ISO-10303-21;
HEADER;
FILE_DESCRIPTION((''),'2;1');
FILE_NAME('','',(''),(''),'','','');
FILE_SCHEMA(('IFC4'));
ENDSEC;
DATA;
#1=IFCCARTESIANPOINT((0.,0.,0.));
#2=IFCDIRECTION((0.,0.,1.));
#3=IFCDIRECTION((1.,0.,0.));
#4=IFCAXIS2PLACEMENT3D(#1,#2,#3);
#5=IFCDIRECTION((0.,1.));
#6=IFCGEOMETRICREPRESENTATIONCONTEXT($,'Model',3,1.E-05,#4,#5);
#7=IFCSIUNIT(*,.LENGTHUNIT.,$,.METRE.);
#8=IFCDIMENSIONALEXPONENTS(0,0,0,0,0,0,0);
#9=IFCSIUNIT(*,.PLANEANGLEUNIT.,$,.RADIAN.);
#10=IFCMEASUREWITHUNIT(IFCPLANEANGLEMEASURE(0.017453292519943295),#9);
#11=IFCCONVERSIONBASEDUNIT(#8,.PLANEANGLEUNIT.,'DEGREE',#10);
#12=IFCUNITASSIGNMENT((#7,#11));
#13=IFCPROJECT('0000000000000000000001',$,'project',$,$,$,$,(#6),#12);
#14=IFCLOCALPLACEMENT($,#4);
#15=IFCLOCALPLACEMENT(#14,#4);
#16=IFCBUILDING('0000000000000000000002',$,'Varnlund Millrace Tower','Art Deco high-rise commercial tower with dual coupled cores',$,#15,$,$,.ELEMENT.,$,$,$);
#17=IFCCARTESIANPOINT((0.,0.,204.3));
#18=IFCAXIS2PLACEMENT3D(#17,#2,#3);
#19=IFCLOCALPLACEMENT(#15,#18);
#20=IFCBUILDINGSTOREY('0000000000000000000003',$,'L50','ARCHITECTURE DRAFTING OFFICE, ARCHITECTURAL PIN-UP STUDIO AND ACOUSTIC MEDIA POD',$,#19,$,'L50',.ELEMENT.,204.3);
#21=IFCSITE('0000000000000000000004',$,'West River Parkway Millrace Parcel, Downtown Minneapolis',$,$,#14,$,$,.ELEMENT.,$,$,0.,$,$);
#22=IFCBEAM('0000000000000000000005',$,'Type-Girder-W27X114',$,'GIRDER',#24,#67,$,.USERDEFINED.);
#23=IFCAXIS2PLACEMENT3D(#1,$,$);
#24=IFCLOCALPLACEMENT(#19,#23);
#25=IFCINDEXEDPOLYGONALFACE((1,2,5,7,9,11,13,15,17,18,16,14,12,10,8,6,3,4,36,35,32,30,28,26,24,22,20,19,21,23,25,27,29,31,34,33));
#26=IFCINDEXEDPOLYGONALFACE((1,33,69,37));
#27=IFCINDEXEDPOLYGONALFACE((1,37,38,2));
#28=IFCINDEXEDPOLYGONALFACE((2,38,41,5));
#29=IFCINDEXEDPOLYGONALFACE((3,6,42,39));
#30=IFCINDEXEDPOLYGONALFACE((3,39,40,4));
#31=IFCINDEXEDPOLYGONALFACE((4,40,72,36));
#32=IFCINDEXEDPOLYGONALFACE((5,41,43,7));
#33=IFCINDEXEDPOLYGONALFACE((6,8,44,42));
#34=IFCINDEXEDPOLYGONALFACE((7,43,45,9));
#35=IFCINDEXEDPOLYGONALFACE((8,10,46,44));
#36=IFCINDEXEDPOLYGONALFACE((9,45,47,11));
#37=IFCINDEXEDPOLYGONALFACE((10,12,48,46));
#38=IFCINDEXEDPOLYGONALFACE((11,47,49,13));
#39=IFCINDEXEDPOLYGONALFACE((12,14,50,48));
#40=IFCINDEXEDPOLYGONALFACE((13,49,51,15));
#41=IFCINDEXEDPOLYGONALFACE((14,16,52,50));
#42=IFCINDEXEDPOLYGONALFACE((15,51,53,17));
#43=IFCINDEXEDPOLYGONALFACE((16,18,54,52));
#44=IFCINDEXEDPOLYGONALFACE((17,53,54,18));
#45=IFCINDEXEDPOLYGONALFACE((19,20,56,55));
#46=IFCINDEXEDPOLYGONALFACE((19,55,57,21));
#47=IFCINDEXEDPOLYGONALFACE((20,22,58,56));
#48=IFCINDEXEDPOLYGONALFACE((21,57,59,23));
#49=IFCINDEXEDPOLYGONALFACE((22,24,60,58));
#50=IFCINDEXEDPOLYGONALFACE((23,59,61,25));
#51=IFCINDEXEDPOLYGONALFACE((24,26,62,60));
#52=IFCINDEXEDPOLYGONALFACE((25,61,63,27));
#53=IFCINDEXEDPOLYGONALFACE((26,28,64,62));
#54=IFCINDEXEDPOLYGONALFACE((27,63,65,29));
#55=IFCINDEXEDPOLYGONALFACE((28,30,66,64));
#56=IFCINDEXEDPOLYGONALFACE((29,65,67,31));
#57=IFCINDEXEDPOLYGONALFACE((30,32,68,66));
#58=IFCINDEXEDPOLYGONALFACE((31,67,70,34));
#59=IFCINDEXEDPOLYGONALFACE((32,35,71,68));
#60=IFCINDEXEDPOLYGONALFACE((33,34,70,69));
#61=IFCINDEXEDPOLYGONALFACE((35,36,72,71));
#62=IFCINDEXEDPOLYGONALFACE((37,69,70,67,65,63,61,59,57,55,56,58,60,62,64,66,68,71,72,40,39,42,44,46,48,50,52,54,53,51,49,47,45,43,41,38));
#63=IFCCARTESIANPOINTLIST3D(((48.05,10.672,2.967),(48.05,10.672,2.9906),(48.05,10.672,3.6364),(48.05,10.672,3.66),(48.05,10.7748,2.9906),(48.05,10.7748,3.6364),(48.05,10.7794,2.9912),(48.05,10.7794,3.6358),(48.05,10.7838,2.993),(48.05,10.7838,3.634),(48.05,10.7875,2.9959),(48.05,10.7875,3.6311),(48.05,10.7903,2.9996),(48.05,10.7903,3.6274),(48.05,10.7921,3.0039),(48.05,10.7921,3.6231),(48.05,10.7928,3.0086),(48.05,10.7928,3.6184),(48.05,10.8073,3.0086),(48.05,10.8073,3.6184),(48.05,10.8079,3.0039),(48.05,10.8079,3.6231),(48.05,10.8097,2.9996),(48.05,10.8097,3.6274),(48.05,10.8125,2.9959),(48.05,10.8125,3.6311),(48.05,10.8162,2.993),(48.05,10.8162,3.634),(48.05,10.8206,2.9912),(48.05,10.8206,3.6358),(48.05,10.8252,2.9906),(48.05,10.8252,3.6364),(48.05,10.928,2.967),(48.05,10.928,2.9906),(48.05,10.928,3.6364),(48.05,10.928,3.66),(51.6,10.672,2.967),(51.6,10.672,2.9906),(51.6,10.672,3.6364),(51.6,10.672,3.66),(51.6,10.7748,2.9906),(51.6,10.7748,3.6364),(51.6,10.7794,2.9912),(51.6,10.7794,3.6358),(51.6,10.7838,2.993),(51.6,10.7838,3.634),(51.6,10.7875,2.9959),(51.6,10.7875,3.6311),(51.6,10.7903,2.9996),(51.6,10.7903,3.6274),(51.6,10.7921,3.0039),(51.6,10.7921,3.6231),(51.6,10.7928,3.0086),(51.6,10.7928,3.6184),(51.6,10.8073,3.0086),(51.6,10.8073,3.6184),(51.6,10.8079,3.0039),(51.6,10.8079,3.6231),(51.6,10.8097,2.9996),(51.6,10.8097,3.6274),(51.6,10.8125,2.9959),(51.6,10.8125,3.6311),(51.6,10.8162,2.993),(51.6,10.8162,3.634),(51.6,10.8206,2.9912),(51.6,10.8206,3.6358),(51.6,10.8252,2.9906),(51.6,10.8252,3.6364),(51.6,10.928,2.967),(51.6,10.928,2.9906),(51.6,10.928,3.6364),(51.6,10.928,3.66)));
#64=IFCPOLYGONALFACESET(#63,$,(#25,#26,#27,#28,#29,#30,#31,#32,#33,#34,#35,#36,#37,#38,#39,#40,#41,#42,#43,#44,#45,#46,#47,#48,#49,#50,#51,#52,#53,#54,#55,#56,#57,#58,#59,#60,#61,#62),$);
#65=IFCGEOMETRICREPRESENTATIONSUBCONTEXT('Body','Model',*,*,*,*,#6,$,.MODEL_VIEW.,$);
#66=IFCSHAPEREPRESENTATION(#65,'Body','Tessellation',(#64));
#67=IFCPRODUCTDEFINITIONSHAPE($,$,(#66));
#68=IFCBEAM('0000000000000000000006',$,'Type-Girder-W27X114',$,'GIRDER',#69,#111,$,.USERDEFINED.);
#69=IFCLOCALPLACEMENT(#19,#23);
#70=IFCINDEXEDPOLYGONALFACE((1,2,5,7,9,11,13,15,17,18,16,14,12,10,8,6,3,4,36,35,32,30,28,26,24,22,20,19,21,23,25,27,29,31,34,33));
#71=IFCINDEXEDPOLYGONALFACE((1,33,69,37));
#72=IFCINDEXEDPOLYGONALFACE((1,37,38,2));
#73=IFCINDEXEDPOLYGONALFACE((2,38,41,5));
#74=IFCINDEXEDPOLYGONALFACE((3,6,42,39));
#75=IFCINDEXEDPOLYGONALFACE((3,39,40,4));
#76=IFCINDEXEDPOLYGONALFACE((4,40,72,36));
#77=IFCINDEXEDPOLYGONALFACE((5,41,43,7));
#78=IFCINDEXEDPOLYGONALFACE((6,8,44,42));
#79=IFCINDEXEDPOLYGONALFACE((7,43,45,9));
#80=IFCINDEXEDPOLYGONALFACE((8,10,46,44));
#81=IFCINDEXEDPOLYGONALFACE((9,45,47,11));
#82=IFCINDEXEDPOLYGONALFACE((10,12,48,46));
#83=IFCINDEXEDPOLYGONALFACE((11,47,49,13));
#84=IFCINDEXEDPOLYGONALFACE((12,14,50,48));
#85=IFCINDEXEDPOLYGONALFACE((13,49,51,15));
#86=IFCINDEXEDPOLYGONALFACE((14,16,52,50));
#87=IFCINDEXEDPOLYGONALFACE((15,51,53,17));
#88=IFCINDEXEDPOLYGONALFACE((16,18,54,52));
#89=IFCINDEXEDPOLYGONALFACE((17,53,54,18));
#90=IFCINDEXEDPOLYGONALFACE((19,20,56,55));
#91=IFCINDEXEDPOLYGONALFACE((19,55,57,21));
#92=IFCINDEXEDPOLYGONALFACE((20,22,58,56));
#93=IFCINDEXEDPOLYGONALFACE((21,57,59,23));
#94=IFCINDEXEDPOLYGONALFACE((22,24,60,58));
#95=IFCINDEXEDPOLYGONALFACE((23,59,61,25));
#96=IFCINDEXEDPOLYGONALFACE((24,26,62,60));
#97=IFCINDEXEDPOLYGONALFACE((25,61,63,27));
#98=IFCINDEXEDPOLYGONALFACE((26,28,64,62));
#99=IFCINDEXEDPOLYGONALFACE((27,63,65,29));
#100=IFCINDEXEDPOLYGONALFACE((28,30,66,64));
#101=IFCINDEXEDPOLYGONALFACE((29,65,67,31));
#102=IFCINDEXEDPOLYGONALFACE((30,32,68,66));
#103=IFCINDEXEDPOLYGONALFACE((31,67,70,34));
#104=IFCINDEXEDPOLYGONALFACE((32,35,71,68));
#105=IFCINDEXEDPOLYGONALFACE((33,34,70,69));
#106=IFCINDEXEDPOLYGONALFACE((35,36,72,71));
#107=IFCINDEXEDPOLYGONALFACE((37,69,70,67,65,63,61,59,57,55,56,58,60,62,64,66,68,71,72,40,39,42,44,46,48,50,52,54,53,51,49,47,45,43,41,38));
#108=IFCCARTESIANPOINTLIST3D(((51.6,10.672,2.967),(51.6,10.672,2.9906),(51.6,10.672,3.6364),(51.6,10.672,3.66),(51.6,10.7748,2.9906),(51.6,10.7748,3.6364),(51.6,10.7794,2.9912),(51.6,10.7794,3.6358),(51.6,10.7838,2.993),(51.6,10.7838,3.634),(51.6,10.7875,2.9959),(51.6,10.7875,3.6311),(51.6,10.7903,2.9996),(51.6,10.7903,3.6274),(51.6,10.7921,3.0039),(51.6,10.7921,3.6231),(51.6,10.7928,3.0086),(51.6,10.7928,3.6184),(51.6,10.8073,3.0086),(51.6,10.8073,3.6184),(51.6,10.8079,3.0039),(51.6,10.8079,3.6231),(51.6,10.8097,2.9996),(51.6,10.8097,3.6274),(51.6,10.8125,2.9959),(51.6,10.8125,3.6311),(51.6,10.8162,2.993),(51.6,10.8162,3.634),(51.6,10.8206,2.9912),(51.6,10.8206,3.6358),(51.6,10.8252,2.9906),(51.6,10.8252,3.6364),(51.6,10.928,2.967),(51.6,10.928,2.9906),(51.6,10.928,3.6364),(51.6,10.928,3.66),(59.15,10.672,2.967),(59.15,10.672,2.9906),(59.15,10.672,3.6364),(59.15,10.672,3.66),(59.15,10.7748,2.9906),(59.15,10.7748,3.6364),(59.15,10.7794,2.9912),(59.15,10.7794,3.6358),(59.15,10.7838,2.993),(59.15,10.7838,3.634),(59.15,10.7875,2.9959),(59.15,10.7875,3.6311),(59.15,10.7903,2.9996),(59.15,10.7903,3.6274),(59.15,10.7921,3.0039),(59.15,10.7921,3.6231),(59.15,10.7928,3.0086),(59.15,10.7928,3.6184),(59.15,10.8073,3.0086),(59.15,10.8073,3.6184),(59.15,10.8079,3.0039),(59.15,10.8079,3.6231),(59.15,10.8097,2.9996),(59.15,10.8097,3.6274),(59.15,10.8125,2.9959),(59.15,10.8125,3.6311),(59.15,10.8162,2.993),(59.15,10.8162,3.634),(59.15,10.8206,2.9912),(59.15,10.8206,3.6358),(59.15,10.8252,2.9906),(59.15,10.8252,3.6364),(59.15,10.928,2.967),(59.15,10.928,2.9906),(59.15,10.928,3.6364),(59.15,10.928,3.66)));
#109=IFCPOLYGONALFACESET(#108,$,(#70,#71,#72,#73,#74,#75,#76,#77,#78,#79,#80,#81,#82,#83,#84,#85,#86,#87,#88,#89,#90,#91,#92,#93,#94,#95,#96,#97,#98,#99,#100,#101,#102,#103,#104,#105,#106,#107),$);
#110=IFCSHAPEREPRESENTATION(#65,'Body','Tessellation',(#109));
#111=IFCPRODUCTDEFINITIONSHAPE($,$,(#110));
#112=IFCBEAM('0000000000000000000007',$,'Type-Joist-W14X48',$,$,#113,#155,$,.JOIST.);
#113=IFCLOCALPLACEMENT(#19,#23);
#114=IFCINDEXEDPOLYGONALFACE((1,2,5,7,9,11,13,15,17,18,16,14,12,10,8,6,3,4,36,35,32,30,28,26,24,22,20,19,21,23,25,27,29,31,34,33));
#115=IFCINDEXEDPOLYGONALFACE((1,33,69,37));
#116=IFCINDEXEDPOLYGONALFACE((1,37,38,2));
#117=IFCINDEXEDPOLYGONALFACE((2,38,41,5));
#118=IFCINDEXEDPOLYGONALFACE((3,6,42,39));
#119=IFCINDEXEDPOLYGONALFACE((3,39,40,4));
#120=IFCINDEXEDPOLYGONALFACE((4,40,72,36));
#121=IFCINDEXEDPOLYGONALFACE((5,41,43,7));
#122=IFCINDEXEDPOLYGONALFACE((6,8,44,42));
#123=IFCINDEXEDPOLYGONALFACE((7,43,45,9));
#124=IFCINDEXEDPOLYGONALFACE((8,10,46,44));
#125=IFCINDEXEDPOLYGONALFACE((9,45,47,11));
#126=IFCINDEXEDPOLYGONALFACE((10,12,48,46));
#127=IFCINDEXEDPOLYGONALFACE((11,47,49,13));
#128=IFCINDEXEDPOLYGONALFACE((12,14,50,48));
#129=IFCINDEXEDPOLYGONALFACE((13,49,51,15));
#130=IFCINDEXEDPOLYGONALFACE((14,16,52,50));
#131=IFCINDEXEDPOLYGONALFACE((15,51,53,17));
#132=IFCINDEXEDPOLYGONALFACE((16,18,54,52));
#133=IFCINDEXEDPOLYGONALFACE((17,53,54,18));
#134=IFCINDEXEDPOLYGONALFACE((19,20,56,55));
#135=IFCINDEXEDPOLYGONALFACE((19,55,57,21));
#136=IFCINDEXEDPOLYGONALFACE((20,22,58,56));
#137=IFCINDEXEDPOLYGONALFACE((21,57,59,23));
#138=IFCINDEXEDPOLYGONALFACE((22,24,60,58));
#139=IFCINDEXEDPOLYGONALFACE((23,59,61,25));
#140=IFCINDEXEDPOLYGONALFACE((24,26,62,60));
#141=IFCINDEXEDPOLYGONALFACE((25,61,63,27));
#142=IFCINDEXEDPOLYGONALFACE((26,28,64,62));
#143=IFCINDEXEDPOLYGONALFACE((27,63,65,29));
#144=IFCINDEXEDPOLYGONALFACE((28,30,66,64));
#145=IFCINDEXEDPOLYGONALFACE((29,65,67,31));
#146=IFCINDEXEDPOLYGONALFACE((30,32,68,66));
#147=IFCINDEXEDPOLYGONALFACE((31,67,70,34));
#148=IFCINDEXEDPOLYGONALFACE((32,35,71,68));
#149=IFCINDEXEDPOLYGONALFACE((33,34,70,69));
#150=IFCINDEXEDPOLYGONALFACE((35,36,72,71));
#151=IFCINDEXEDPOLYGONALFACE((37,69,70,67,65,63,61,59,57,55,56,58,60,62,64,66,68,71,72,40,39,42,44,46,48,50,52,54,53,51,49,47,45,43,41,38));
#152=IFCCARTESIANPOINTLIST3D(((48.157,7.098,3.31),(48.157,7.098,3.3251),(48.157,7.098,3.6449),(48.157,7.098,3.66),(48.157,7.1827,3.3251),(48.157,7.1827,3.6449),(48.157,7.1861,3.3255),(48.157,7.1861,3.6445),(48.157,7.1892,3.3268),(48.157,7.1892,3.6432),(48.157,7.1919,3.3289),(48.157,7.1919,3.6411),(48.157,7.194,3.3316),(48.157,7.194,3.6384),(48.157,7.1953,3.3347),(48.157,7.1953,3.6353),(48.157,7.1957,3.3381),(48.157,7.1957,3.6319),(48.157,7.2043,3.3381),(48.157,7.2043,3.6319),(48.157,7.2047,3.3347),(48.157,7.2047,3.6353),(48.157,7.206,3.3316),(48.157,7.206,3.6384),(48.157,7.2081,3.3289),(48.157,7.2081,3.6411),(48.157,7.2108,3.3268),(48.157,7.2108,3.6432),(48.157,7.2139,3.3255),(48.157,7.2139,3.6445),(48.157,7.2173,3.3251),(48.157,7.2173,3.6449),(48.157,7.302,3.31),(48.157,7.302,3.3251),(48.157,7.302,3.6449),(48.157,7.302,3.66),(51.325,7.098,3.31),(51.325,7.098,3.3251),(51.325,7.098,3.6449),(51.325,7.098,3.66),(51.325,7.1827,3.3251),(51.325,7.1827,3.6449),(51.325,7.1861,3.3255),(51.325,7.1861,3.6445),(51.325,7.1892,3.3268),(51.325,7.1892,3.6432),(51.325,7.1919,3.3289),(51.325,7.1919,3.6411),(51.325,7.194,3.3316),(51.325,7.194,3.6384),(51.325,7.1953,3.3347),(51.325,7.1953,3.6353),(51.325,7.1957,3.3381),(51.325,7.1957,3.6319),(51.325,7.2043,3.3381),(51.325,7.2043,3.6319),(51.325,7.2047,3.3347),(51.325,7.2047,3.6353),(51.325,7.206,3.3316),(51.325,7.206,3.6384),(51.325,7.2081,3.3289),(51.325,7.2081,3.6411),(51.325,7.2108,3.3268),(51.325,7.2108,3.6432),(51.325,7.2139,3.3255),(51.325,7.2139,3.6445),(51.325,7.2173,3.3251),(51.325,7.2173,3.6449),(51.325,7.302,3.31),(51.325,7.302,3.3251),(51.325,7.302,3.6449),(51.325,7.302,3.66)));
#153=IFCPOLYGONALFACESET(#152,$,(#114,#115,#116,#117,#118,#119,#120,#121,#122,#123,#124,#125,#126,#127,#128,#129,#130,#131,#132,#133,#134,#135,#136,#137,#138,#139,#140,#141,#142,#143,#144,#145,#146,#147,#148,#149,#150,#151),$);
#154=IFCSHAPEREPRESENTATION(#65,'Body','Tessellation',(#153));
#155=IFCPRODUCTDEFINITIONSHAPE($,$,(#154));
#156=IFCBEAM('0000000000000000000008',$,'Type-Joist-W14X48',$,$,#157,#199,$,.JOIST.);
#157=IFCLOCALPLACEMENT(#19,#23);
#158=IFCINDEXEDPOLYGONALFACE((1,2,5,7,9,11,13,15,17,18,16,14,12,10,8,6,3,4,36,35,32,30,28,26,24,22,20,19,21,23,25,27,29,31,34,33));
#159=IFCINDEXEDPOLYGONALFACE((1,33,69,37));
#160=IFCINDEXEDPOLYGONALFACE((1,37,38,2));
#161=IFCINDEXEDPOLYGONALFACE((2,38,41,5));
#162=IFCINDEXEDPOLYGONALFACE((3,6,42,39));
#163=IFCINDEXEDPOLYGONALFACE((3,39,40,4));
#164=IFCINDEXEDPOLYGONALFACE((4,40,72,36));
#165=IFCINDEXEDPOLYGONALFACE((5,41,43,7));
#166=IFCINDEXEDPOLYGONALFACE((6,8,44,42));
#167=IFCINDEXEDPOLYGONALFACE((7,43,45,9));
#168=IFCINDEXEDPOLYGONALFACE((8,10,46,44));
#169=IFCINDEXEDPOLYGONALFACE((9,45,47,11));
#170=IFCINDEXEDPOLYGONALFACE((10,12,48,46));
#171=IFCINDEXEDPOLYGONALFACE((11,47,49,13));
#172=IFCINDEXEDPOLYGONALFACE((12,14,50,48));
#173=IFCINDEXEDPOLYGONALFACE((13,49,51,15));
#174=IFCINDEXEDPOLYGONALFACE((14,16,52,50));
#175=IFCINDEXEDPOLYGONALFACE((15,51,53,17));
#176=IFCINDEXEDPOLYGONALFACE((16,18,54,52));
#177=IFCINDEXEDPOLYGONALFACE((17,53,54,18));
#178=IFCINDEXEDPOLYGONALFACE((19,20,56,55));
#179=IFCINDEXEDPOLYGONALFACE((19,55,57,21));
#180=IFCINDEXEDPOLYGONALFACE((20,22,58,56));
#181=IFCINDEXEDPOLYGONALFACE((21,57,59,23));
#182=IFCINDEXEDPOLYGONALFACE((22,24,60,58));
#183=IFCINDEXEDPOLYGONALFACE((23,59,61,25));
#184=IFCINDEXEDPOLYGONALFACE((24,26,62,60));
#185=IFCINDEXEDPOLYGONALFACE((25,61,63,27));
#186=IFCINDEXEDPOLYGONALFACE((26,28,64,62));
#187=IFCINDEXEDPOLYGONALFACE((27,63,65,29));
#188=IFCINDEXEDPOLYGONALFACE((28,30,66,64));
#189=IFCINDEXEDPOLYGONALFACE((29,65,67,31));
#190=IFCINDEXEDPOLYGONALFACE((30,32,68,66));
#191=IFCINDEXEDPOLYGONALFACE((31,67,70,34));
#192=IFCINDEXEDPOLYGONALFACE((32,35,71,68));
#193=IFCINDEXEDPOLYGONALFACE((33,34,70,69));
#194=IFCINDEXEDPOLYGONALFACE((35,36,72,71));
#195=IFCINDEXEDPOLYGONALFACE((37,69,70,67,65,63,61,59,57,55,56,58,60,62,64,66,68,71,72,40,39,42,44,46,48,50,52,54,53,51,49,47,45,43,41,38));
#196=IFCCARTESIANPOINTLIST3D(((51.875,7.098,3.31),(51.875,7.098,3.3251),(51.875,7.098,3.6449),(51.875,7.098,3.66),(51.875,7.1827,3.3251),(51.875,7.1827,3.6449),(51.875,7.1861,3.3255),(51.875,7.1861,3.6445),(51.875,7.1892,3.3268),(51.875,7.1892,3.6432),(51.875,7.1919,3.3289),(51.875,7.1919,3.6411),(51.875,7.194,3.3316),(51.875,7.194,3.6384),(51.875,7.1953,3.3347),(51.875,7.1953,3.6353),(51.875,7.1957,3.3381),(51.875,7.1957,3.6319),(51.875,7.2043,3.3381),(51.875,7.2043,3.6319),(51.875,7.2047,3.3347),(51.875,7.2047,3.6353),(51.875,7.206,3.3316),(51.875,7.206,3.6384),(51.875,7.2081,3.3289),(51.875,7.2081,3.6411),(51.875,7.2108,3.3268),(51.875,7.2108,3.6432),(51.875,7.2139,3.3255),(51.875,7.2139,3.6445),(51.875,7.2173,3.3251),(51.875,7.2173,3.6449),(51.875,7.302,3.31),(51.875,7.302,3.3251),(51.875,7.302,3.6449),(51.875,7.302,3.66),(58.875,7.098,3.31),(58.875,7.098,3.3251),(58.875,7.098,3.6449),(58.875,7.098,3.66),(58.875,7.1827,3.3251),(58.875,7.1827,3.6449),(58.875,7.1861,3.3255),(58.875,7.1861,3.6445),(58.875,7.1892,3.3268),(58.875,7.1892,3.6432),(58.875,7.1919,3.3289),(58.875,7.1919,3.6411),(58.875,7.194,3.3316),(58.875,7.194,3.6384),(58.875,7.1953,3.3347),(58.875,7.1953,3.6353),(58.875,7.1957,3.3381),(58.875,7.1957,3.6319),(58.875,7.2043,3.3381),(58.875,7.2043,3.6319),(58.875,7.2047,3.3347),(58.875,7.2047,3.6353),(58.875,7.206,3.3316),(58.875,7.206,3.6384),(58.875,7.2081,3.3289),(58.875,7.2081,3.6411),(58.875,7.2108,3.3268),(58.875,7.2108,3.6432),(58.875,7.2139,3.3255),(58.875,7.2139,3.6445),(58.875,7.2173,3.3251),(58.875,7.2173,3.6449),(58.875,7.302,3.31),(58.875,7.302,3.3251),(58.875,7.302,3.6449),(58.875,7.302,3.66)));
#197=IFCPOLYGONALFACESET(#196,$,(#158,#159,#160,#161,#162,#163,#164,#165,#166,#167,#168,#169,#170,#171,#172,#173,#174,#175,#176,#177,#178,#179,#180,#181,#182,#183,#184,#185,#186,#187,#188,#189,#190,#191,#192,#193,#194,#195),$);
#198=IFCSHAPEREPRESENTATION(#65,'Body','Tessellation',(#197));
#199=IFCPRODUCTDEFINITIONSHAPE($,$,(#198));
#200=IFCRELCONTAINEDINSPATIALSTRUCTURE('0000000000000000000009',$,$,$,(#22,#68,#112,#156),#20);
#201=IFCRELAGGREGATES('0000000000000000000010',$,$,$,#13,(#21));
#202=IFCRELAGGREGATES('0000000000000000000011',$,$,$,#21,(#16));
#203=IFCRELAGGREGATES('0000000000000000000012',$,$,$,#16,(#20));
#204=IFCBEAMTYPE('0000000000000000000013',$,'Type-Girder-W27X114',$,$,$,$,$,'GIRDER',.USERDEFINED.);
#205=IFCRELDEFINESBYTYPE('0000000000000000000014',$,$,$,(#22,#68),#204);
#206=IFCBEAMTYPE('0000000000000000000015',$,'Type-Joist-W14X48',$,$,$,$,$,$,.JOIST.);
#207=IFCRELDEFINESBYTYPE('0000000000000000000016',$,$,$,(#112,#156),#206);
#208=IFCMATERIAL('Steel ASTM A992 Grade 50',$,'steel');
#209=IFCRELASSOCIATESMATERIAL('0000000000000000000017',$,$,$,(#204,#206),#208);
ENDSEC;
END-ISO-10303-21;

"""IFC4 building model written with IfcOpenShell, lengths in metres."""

from ifc_helpers import new_model, entity, si_unit, converted_unit, direction, frame, origin_with_axes, origin_2d_with_axis, place, context, subcontext, project, spatial, i_section, extrude, material, material_profile, profile_set, type_object, element, save


model = new_model("IFC4")

# Units and contexts
model_context = context("Model", 3, precision=1e-05, world=origin_with_axes(), true_north=direction((0.0, 1.0)))
body_context = subcontext(model_context, "Body", "Model", "MODEL_VIEW")
ifc_project = project(units=[si_unit("LENGTHUNIT", "METRE"), converted_unit("PLANEANGLEUNIT", "DEGREE", entity("IfcPlaneAngleMeasure", 0.017453292519943295), si_unit("PLANEANGLEUNIT", "RADIAN"), dimensions=[0, 0, 0, 0, 0, 0, 0])], contexts=[model_context])

# Site, building, storey
site_placement = place(None, origin_with_axes())
site = spatial("IfcSite", under=ifc_project, at=site_placement, Name="West River Parkway Millrace Parcel, Downtown Minneapolis", CompositionType="ELEMENT", RefElevation=0.0)
building_placement = place(site_placement, origin_with_axes())
building = spatial("IfcBuilding", under=site, at=building_placement, Name="Varnlund Millrace Tower", Description="Art Deco high-rise commercial tower with dual coupled cores", CompositionType="ELEMENT")
storey_placement = place(building_placement, frame((0.0, 0.0, 204.3), z_axis=(0.0, 0.0, 1.0), x_axis=(1.0, 0.0, 0.0)))
storey = spatial("IfcBuildingStorey", under=building, at=storey_placement, Name="L50", Description="ARCHITECTURE DRAFTING OFFICE, ARCHITECTURAL PIN-UP STUDIO AND ACOUSTIC MEDIA POD", LongName="L50", CompositionType="ELEMENT", Elevation=204.3)

# Beams
ifc_material_1 = material(Name="Steel ASTM A992 Grade 50", Category="steel")
ifc_material_profile_1 = material_profile(ifc_material_1, i_section(OverallWidth=0.256, OverallDepth=0.693, WebThickness=0.0145, FlangeThickness=0.0236, FilletRadius=0.018, at=origin_2d_with_axis()), Name="Steel ASTM A992 Grade 50")
ifc_profile_set_1 = profile_set([ifc_material_profile_1], Name="Steel ASTM A992 Grade 50")
beam_type_1 = type_object("IfcBeamType", Name="Type-Girder-W27X114", ElementType="GIRDER", PredefinedType="USERDEFINED", material=ifc_profile_set_1)
beam_1_placement = place(storey_placement, frame((48.05, 10.8, 3.3135), z_axis=(1.0, 0.0, 0.0), x_axis=(0.0, 1.0, 0.0)))
element("IfcBeam", 1, at=beam_1_placement, inside=storey, type_object=beam_type_1, Name="Type-Girder-W27X114", ObjectType="GIRDER", PredefinedType="USERDEFINED", context=body_context, shape_type="SweptSolid", body=[
    extrude(i_section(OverallWidth=0.256, OverallDepth=0.693, WebThickness=0.0145, FlangeThickness=0.0236, FilletRadius=0.018, at=origin_2d_with_axis()), origin_with_axes(), (0.0, 0.0, 1.0), 3.55),
])
beam_2_placement = place(storey_placement, frame((51.6, 10.8, 3.3135), z_axis=(1.0, 0.0, 0.0), x_axis=(0.0, 1.0, 0.0)))
element("IfcBeam", 2, at=beam_2_placement, inside=storey, type_object=beam_type_1, Name="Type-Girder-W27X114", ObjectType="GIRDER", PredefinedType="USERDEFINED", context=body_context, shape_type="SweptSolid", body=[
    extrude(i_section(OverallWidth=0.256, OverallDepth=0.693, WebThickness=0.0145, FlangeThickness=0.0236, FilletRadius=0.018, at=origin_2d_with_axis()), origin_with_axes(), (0.0, 0.0, 1.0), 7.55),
])
ifc_material_profile_2 = material_profile(ifc_material_1, i_section(OverallWidth=0.204, OverallDepth=0.35, WebThickness=0.0086, FlangeThickness=0.0151, FilletRadius=0.013, at=origin_2d_with_axis()), Name="Steel ASTM A992 Grade 50")
ifc_profile_set_2 = profile_set([ifc_material_profile_2], Name="Steel ASTM A992 Grade 50")
beam_type_2 = type_object("IfcBeamType", Name="Type-Joist-W14X48", PredefinedType="JOIST", material=ifc_profile_set_2)
beam_3_placement = place(storey_placement, frame((48.157, 7.2, 3.485), z_axis=(1.0, 0.0, 0.0), x_axis=(0.0, 1.0, 0.0)))
element("IfcBeam", 3, at=beam_3_placement, inside=storey, type_object=beam_type_2, Name="Type-Joist-W14X48", PredefinedType="JOIST", context=body_context, shape_type="SweptSolid", body=[
    extrude(i_section(OverallWidth=0.204, OverallDepth=0.35, WebThickness=0.0086, FlangeThickness=0.0151, FilletRadius=0.013, at=origin_2d_with_axis()), origin_with_axes(), (0.0, 0.0, 1.0), 3.168),
])
beam_4_placement = place(storey_placement, frame((51.875, 7.2, 3.485), z_axis=(1.0, 0.0, 0.0), x_axis=(0.0, 1.0, 0.0)))
element("IfcBeam", 4, at=beam_4_placement, inside=storey, type_object=beam_type_2, Name="Type-Joist-W14X48", PredefinedType="JOIST", context=body_context, shape_type="SweptSolid", body=[
    extrude(i_section(OverallWidth=0.204, OverallDepth=0.35, WebThickness=0.0086, FlangeThickness=0.0151, FilletRadius=0.013, at=origin_2d_with_axis()), origin_with_axes(), (0.0, 0.0, 1.0), 7.0),
])

save(model, "model.ifc")
